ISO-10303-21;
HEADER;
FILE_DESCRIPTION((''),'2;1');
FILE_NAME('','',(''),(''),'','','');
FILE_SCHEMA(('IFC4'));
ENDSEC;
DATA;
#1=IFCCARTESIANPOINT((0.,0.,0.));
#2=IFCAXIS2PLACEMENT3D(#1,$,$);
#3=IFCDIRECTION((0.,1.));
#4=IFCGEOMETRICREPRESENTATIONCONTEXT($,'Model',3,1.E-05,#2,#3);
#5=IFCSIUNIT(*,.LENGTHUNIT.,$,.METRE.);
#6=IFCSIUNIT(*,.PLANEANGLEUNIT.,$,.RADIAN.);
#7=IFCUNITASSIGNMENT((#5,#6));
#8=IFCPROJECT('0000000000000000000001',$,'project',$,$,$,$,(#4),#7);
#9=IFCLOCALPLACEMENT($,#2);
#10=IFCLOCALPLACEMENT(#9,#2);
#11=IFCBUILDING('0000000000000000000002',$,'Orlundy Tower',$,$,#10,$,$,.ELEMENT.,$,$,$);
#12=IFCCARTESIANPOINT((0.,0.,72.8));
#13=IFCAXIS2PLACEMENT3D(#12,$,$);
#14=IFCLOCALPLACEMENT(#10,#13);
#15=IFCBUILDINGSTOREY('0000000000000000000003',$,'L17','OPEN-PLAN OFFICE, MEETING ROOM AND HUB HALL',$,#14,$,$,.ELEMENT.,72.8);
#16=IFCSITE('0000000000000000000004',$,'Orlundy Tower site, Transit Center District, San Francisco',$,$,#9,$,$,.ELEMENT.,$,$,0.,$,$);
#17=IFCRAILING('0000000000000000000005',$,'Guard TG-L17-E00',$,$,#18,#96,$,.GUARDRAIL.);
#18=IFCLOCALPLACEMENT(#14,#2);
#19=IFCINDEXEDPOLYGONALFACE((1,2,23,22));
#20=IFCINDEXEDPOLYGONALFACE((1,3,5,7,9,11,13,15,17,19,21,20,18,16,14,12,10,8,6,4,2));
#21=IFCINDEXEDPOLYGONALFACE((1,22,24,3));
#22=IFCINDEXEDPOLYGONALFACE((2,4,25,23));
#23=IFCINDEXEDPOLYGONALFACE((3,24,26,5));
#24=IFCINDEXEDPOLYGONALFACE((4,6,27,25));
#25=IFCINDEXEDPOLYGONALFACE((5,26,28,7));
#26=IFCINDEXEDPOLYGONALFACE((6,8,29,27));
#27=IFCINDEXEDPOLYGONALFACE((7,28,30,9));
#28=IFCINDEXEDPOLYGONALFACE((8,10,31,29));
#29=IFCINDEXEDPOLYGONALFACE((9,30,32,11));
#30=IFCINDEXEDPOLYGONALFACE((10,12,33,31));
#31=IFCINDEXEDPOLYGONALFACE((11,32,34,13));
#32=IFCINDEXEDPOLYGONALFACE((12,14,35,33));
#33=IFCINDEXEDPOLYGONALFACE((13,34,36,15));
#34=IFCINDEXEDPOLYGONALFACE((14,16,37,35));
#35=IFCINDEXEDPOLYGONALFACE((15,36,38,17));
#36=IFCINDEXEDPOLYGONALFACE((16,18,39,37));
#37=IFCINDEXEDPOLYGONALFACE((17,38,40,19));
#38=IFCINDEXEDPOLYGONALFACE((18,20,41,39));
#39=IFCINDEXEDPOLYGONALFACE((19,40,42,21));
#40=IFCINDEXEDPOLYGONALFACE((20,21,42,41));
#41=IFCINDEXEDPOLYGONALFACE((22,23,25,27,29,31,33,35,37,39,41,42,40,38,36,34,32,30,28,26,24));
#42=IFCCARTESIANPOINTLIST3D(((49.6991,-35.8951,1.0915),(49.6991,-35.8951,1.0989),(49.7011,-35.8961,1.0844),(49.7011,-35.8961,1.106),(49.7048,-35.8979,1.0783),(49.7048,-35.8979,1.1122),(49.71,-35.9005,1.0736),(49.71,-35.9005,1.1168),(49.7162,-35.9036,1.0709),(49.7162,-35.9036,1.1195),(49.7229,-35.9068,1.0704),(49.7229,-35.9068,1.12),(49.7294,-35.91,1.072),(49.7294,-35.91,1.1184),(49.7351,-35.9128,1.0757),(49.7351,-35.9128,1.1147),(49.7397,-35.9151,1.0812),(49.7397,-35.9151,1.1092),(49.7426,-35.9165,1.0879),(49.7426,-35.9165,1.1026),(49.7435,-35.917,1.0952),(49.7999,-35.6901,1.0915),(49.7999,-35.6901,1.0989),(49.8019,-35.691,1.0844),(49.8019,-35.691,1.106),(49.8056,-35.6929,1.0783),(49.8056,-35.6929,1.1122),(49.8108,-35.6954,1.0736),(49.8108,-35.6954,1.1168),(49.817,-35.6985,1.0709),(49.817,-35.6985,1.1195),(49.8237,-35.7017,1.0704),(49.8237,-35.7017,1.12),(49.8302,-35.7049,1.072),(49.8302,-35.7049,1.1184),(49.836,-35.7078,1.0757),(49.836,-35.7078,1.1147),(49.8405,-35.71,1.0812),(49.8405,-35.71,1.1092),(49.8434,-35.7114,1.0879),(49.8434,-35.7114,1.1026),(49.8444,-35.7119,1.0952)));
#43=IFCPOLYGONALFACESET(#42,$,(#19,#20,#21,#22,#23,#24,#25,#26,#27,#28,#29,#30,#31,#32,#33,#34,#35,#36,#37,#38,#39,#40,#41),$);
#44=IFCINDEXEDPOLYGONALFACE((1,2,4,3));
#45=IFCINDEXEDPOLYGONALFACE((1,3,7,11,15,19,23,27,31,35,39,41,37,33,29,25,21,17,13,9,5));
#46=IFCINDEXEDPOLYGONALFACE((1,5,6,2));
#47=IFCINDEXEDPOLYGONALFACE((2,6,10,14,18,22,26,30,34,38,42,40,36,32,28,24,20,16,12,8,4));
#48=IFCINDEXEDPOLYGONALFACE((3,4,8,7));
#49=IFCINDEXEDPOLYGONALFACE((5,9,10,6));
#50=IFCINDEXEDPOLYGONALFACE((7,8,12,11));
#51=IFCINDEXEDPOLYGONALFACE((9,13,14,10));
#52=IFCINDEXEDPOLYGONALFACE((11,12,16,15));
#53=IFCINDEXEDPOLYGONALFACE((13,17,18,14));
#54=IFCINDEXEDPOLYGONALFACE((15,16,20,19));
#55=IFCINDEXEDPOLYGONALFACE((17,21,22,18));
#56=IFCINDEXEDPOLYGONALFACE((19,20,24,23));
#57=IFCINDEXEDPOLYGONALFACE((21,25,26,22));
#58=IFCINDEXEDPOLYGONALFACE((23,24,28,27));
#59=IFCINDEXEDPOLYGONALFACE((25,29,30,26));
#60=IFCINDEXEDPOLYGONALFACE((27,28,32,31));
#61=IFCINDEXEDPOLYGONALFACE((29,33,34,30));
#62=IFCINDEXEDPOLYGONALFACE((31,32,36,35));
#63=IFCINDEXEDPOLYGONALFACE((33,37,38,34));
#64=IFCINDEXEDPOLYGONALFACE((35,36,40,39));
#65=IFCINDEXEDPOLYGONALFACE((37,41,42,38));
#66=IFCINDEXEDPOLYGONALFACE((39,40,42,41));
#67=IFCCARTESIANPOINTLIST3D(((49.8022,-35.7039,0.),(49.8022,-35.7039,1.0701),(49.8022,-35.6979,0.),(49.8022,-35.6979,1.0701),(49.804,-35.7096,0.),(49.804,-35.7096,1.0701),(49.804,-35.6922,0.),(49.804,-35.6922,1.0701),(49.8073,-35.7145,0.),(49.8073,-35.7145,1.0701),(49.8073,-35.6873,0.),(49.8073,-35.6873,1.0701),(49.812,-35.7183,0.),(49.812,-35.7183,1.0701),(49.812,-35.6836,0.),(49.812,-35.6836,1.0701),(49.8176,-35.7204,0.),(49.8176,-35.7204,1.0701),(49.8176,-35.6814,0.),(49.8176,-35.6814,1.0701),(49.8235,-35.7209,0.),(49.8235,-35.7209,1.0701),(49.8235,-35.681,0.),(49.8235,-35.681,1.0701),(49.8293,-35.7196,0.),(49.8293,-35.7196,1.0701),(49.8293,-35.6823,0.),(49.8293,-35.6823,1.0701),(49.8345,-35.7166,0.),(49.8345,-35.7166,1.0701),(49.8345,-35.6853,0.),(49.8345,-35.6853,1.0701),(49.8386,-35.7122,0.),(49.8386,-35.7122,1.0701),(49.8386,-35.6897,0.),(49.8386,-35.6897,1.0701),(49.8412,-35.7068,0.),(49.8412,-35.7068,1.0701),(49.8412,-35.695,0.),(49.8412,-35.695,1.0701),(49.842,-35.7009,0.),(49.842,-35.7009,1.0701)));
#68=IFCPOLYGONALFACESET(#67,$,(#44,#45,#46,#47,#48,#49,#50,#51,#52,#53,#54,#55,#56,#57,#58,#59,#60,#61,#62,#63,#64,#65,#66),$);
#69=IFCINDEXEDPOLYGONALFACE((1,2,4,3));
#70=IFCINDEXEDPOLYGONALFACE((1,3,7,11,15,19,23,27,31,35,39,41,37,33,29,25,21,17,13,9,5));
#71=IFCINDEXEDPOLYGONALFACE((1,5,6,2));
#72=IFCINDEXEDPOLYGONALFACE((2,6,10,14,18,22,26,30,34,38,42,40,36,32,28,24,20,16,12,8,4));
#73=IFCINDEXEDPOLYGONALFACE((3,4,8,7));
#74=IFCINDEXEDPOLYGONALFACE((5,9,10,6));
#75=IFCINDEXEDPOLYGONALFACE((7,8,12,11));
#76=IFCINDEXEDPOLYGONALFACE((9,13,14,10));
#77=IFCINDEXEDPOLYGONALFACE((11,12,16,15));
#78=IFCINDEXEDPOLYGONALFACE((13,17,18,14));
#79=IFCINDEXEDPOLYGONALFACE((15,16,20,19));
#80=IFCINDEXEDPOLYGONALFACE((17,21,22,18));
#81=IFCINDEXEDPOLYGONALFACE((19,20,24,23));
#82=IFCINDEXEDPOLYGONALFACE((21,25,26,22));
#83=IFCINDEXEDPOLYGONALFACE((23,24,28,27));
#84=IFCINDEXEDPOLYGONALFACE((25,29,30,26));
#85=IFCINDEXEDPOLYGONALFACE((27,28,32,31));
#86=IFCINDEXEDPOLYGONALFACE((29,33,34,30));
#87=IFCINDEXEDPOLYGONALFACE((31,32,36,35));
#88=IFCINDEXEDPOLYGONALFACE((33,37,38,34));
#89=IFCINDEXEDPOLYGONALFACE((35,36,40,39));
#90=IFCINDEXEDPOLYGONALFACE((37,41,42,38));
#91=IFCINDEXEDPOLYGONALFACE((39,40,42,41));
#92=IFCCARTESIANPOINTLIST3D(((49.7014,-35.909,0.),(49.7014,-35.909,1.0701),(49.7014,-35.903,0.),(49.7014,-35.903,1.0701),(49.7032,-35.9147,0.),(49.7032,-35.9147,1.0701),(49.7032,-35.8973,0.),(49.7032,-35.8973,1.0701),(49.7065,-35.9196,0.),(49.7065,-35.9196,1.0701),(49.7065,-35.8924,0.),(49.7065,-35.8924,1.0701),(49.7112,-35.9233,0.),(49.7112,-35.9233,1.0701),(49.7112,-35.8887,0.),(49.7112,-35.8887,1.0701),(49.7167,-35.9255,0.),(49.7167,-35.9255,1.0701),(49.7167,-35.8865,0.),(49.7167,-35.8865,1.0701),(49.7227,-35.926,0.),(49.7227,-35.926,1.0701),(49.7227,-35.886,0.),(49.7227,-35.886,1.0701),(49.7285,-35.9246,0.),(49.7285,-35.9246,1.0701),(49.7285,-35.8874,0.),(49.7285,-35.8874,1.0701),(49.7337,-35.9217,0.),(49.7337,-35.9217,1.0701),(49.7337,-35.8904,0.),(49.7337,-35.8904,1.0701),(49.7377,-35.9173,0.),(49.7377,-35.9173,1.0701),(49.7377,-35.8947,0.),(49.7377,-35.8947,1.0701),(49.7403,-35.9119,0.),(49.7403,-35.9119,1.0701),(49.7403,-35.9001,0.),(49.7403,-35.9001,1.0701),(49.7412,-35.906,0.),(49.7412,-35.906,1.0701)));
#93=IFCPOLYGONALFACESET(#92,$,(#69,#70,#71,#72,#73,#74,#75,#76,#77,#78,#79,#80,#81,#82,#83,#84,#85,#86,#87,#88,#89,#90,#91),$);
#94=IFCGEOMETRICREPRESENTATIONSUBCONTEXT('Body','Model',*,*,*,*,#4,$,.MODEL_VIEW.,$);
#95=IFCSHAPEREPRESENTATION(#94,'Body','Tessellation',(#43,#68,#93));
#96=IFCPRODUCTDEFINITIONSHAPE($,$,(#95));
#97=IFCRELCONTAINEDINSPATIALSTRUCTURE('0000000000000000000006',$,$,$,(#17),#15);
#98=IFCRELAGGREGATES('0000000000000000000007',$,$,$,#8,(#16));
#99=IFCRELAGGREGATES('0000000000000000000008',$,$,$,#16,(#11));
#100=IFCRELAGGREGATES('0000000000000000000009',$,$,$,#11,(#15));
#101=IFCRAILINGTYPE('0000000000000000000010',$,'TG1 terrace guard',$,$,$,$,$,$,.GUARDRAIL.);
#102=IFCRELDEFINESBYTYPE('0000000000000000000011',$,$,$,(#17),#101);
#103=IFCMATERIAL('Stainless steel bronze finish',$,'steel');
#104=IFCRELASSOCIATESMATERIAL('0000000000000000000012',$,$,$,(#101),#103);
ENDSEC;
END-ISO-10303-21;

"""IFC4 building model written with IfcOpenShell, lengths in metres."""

from ifc_helpers import new_model, si_unit, direction, frame, origin, origin_2d, place, context, subcontext, project, spatial, circle, extrude, material, type_object, element, save


model = new_model("IFC4")

# Units and contexts
model_context = context("Model", 3, precision=1e-05, world=origin(), true_north=direction((0.0, 1.0)))
body_context = subcontext(model_context, "Body", "Model", "MODEL_VIEW")
ifc_project = project(units=[si_unit("LENGTHUNIT", "METRE"), si_unit("PLANEANGLEUNIT", "RADIAN")], contexts=[model_context])

# Site, building, storey
site_placement = place(None, origin())
site = spatial("IfcSite", under=ifc_project, at=site_placement, Name="Orlundy Tower site, Transit Center District, San Francisco", CompositionType="ELEMENT", RefElevation=0.0)
building_placement = place(site_placement, origin())
building = spatial("IfcBuilding", under=site, at=building_placement, Name="Orlundy Tower", CompositionType="ELEMENT")
storey_placement = place(building_placement, frame((0.0, 0.0, 72.8)))
storey = spatial("IfcBuildingStorey", under=building, at=storey_placement, Name="L17", Description="OPEN-PLAN OFFICE, MEETING ROOM AND HUB HALL", CompositionType="ELEMENT", Elevation=72.8)

# Railing
ifc_material_1 = material(Name="Stainless steel bronze finish", Category="steel")
railing_type = type_object("IfcRailingType", Name="TG1 terrace guard", PredefinedType="GUARDRAIL", material=ifc_material_1)
railing_placement = place(storey_placement, frame((49.822, -35.7009, 0.0)))
element("IfcRailing", 1, at=railing_placement, inside=storey, type_object=railing_type, Name="Guard TG-L17-E00", PredefinedType="GUARDRAIL", context=body_context, shape_type="SweptSolid", body=[
    extrude(circle(Radius=0.0249, at=origin_2d()), frame((0.0, 0.0, 1.0952), z_axis=(-0.441221, -0.897399, 0.0), x_axis=(0.897399, -0.441221, 0.0)), (0.0, 0.0, 1.0), 0.2285),
    extrude(circle(Radius=0.02, at=origin_2d()), origin(), (0.0, 0.0, 1.0), 1.0701),
    extrude(circle(Radius=0.02, at=origin_2d()), frame((-0.1008, -0.2051, 0.0)), (0.0, 0.0, 1.0), 1.0701),
])

save(model, "model.ifc")
